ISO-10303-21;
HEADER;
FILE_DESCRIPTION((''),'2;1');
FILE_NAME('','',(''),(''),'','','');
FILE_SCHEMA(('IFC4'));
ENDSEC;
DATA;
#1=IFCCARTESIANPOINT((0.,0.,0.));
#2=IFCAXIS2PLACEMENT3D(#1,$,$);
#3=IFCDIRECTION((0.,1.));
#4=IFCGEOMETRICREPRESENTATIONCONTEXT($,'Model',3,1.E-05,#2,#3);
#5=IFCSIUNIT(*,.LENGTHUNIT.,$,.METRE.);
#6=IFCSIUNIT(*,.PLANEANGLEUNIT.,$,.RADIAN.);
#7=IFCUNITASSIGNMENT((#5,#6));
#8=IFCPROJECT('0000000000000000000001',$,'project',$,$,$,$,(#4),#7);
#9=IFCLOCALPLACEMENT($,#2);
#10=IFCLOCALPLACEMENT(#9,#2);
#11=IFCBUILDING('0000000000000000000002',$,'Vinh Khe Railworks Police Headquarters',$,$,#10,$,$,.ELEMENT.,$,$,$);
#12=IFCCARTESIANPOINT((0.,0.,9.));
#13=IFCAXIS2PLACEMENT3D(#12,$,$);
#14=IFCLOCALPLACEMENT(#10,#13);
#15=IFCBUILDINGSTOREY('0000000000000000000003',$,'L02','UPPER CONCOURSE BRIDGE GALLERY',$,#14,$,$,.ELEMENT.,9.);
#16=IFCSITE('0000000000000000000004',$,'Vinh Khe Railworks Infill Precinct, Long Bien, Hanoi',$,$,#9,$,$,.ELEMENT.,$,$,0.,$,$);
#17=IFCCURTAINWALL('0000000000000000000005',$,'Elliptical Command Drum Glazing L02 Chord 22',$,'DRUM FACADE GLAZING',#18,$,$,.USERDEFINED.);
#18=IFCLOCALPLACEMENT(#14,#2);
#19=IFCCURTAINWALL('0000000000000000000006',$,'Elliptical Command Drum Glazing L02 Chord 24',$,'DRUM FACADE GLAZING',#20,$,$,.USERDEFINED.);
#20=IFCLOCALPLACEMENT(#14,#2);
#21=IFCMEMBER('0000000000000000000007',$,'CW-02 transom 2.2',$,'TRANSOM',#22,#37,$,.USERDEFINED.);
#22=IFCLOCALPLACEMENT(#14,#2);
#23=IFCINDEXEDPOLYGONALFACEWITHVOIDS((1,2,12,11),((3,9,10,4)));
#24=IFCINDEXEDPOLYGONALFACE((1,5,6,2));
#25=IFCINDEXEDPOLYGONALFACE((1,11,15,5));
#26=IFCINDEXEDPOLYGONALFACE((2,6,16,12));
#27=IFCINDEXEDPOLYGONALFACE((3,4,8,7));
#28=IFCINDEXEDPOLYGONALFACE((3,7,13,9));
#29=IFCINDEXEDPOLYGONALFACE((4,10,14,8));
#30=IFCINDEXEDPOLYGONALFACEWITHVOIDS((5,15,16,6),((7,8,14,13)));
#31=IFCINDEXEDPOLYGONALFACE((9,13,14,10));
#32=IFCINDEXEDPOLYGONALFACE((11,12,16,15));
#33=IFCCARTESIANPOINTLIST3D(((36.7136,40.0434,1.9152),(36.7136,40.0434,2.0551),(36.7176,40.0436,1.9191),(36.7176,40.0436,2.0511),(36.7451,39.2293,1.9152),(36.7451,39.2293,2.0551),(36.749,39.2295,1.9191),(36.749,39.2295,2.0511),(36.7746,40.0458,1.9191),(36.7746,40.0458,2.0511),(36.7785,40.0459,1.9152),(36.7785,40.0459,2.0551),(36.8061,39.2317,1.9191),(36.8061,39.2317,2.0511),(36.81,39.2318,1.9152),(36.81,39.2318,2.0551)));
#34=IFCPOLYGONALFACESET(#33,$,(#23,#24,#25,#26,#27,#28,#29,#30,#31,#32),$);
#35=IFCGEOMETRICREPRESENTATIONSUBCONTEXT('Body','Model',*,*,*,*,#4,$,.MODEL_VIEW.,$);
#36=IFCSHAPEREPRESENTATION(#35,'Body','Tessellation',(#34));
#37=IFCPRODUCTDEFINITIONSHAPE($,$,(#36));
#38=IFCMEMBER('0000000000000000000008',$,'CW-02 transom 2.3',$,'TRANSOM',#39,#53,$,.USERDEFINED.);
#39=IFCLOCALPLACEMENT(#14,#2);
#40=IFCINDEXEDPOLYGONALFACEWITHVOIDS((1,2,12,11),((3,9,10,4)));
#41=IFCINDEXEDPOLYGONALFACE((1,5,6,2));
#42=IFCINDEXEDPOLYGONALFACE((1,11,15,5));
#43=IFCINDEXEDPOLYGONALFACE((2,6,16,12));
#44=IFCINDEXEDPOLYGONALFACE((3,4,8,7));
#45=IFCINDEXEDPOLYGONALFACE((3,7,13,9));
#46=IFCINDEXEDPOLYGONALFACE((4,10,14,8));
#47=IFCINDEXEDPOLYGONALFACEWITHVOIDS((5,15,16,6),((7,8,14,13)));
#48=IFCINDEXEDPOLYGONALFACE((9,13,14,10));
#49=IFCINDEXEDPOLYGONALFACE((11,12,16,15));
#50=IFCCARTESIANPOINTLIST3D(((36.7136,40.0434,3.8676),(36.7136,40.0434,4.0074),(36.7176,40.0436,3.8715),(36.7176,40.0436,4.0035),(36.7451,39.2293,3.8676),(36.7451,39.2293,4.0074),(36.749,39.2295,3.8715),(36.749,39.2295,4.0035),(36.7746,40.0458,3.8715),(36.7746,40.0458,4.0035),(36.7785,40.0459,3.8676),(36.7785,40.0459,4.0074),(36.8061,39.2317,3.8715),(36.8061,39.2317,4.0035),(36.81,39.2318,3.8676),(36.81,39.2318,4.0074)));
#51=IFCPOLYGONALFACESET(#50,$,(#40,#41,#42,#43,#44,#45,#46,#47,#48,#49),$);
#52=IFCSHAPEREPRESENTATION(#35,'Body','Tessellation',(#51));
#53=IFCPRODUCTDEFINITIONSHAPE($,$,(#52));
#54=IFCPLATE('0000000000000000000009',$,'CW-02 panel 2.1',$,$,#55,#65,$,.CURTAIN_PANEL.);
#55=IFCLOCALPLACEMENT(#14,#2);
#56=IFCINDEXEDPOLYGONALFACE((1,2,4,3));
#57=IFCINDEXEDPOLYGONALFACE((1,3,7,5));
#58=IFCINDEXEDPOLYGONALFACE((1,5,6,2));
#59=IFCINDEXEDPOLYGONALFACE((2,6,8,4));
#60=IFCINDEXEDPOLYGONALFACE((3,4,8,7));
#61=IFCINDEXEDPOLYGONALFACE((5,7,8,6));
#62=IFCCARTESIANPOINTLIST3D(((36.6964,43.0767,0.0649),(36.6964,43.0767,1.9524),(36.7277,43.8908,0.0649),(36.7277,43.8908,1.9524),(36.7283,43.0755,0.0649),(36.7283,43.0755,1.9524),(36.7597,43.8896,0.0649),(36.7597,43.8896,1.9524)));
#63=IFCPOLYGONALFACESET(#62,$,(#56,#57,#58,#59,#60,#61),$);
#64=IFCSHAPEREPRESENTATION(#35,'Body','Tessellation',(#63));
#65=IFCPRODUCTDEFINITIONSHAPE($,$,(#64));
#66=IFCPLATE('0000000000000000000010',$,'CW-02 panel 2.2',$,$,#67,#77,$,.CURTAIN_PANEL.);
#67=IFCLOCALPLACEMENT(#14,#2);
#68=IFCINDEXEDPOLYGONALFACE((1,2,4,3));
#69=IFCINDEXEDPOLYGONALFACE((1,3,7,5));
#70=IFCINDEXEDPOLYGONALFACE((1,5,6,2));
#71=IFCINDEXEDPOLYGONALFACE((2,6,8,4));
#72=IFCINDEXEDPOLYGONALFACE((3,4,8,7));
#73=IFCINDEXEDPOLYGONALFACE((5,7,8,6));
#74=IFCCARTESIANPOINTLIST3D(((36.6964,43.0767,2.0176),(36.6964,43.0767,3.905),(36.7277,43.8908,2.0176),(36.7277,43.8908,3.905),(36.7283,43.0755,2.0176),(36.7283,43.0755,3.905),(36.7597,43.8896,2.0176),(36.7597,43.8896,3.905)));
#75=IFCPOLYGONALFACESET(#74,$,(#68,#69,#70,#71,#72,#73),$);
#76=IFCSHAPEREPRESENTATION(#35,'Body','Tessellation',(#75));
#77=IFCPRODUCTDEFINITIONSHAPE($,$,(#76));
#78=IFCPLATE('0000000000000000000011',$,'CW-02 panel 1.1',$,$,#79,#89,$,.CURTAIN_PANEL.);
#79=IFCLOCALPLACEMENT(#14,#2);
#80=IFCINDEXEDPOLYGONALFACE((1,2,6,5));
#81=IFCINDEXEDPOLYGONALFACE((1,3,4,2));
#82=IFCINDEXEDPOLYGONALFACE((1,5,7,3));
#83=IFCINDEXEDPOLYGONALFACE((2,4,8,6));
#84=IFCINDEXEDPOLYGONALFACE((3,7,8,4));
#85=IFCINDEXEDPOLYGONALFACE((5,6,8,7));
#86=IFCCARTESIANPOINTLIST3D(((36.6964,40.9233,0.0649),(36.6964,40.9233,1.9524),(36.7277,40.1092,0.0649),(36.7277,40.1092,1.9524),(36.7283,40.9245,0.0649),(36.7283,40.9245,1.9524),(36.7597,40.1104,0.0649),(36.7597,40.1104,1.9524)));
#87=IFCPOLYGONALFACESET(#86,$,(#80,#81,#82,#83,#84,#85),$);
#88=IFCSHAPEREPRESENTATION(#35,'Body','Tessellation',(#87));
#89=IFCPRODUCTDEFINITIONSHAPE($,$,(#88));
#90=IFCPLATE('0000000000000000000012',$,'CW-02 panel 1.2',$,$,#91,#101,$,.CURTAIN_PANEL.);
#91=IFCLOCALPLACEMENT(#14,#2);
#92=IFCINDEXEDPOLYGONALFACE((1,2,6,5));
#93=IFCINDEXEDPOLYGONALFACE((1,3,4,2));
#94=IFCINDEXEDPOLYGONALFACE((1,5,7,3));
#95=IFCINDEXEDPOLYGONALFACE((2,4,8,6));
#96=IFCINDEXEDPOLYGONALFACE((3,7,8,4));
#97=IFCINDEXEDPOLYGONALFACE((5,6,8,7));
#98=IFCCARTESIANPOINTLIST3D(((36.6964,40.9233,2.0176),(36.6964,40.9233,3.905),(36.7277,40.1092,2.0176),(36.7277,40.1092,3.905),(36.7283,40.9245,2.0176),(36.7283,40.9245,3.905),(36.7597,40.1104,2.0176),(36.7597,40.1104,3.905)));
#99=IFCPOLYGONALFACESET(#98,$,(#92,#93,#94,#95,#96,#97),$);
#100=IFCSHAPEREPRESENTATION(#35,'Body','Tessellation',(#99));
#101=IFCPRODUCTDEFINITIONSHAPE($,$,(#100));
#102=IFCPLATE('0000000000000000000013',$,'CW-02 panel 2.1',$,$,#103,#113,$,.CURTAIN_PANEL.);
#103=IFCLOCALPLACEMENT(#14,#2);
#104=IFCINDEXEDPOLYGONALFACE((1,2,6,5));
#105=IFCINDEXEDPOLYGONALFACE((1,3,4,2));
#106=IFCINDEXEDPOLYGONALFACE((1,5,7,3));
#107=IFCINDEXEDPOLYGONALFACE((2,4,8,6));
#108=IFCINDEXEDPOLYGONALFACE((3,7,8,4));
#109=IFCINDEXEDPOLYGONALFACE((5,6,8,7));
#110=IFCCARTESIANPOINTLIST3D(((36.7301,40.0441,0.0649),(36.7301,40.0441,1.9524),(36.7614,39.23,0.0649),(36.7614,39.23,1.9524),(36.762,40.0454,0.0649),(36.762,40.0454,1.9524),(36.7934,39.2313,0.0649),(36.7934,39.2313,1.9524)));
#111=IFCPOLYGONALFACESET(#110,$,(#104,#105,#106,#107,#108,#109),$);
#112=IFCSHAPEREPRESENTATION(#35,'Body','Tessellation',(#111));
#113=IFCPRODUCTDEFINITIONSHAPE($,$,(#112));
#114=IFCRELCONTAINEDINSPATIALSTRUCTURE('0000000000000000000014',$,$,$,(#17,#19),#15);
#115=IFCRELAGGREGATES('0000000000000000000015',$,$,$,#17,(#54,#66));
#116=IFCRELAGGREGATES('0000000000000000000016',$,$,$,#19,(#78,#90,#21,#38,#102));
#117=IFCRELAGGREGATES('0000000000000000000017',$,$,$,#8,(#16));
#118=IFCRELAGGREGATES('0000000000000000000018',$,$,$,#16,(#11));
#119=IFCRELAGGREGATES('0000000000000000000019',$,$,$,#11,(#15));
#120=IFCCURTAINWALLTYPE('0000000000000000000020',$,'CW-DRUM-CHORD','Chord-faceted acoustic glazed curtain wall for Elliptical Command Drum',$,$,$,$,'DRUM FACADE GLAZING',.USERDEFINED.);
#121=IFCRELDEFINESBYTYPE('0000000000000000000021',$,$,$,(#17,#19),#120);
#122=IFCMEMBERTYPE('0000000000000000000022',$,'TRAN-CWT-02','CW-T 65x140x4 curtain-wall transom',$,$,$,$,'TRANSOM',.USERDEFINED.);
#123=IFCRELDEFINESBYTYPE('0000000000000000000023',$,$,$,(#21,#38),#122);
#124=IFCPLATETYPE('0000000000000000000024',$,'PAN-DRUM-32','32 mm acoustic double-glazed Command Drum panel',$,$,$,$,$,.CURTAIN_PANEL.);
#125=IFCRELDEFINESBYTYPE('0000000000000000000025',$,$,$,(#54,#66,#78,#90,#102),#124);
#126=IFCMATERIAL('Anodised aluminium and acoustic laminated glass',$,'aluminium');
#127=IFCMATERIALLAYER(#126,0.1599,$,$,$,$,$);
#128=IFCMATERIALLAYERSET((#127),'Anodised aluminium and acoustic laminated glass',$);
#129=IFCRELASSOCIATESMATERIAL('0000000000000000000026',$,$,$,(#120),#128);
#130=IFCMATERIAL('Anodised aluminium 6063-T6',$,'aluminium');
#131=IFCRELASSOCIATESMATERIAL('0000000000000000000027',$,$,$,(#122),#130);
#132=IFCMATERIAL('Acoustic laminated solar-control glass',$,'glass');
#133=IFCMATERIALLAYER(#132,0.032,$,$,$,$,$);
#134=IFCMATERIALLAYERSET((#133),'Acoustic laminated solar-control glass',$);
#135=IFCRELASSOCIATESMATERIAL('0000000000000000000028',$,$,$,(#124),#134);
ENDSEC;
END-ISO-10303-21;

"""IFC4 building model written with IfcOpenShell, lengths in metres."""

from ifc_helpers import new_model, si_unit, direction, frame, origin, origin_2d, place, context, subcontext, project, spatial, rectangle, hollow_rectangle, extrude, material, layer, layer_set, material_profile, profile_set, type_object, element, aggregate, save


model = new_model("IFC4")

# Units and contexts
model_context = context("Model", 3, precision=1e-05, world=origin(), true_north=direction((0.0, 1.0)))
body_context = subcontext(model_context, "Body", "Model", "MODEL_VIEW")
ifc_project = project(units=[si_unit("LENGTHUNIT", "METRE"), si_unit("PLANEANGLEUNIT", "RADIAN")], contexts=[model_context])

# Site, building, storey
site_placement = place(None, origin())
site = spatial("IfcSite", under=ifc_project, at=site_placement, Name="Vinh Khe Railworks Infill Precinct, Long Bien, Hanoi", CompositionType="ELEMENT", RefElevation=0.0)
building_placement = place(site_placement, origin())
building = spatial("IfcBuilding", under=site, at=building_placement, Name="Vinh Khe Railworks Police Headquarters", CompositionType="ELEMENT")
storey_placement = place(building_placement, frame((0.0, 0.0, 9.0)))
storey = spatial("IfcBuildingStorey", under=building, at=storey_placement, Name="L02", Description="UPPER CONCOURSE BRIDGE GALLERY", CompositionType="ELEMENT", Elevation=9.0)

# Curtain walls
ifc_material_1 = material(Name="Anodised aluminium and acoustic laminated glass", Category="aluminium")
ifc_layer_1 = layer(ifc_material_1, 0.1599)
ifc_layer_set_1 = layer_set([ifc_layer_1], Name="Anodised aluminium and acoustic laminated glass")
curtain_wall_type = type_object("IfcCurtainWallType", Name="CW-DRUM-CHORD", Description="Chord-faceted acoustic glazed curtain wall for Elliptical Command Drum", ElementType="DRUM FACADE GLAZING", PredefinedType="USERDEFINED", material=ifc_layer_set_1)
curtain_wall_1_placement = place(storey_placement, origin())
curtain_wall_1 = element("IfcCurtainWall", 1, at=curtain_wall_1_placement, inside=storey, type_object=curtain_wall_type, Name="Elliptical Command Drum Glazing L02 Chord 22", ObjectType="DRUM FACADE GLAZING", PredefinedType="USERDEFINED")
ifc_material_2 = material(Name="Anodised aluminium 6063-T6", Category="aluminium")
curtain_wall_2_placement = place(storey_placement, origin())
curtain_wall_2 = element("IfcCurtainWall", 2, at=curtain_wall_2_placement, inside=storey, type_object=curtain_wall_type, Name="Elliptical Command Drum Glazing L02 Chord 24", ObjectType="DRUM FACADE GLAZING", PredefinedType="USERDEFINED")

# Members
ifc_material_profile_1 = material_profile(ifc_material_2, hollow_rectangle(XDim=0.0649, YDim=0.1399, WallThickness=0.0039, at=origin_2d()), Name="CW-T 65x140x4")
ifc_profile_set_1 = profile_set([ifc_material_profile_1], Name="Anodised aluminium 6063-T6")
member_type_1 = type_object("IfcMemberType", Name="TRAN-CWT-02", Description="CW-T 65x140x4 curtain-wall transom", ElementType="TRANSOM", PredefinedType="USERDEFINED", material=ifc_profile_set_1)
member_1_placement = place(storey_placement, frame((36.7461, 40.0447, 1.9851), z_axis=(0.038652, -0.999253, 0.0), x_axis=(0.999253, 0.038652, 0.0)))
member_1 = element("IfcMember", 3, at=member_1_placement, type_object=member_type_1, Name="CW-02 transom 2.2", ObjectType="TRANSOM", PredefinedType="USERDEFINED", context=body_context, shape_type="SweptSolid", body=[
    extrude(hollow_rectangle(XDim=0.0649, YDim=0.1399, WallThickness=0.0039, at=origin_2d()), origin(), (0.0, 0.0, 1.0), 0.8147),
])
member_2_placement = place(storey_placement, frame((36.7461, 40.0447, 3.9375), z_axis=(0.038652, -0.999253, 0.0), x_axis=(0.999253, 0.038652, 0.0)))
member_2 = element("IfcMember", 4, at=member_2_placement, type_object=member_type_1, Name="CW-02 transom 2.3", ObjectType="TRANSOM", PredefinedType="USERDEFINED", context=body_context, shape_type="SweptSolid", body=[
    extrude(hollow_rectangle(XDim=0.0649, YDim=0.1399, WallThickness=0.0039, at=origin_2d()), origin(), (0.0, 0.0, 1.0), 0.8147),
])

# Plates
ifc_material_3 = material(Name="Acoustic laminated solar-control glass", Category="glass")
ifc_layer_2 = layer(ifc_material_3, 0.032)
ifc_layer_set_2 = layer_set([ifc_layer_2], Name="Acoustic laminated solar-control glass")
plate_type = type_object("IfcPlateType", Name="PAN-DRUM-32", Description="32 mm acoustic double-glazed Command Drum panel", PredefinedType="CURTAIN_PANEL", material=ifc_layer_set_2)
plate_1_placement = place(storey_placement, frame((36.728, 43.4832, 0.0649), z_axis=(0.0, 0.0, 1.0), x_axis=(-0.038513, -0.999258, 0.0)))
plate_1 = element("IfcPlate", 5, at=plate_1_placement, type_object=plate_type, Name="CW-02 panel 2.1", PredefinedType="CURTAIN_PANEL", context=body_context, shape_type="SweptSolid", body=[
    extrude(rectangle(XDim=0.8147, YDim=0.032, at=origin_2d()), origin(), (0.0, 0.0, 1.0), 1.8875),
])
plate_2_placement = place(storey_placement, frame((36.728, 43.4832, 2.0176), z_axis=(0.0, 0.0, 1.0), x_axis=(-0.038513, -0.999258, 0.0)))
plate_2 = element("IfcPlate", 6, at=plate_2_placement, type_object=plate_type, Name="CW-02 panel 2.2", PredefinedType="CURTAIN_PANEL", context=body_context, shape_type="SweptSolid", body=[
    extrude(rectangle(XDim=0.8147, YDim=0.032, at=origin_2d()), origin(), (0.0, 0.0, 1.0), 1.8875),
])
aggregate(curtain_wall_1, [plate_1, plate_2])
plate_3_placement = place(storey_placement, frame((36.728, 40.5168, 0.0649), z_axis=(0.0, 0.0, 1.0), x_axis=(0.038513, -0.999258, 0.0)))
plate_3 = element("IfcPlate", 7, at=plate_3_placement, type_object=plate_type, Name="CW-02 panel 1.1", PredefinedType="CURTAIN_PANEL", context=body_context, shape_type="SweptSolid", body=[
    extrude(rectangle(XDim=0.8147, YDim=0.032, at=origin_2d()), origin(), (0.0, 0.0, 1.0), 1.8875),
])
plate_4_placement = place(storey_placement, frame((36.728, 40.5168, 2.0176), z_axis=(0.0, 0.0, 1.0), x_axis=(0.038513, -0.999258, 0.0)))
plate_4 = element("IfcPlate", 8, at=plate_4_placement, type_object=plate_type, Name="CW-02 panel 1.2", PredefinedType="CURTAIN_PANEL", context=body_context, shape_type="SweptSolid", body=[
    extrude(rectangle(XDim=0.8147, YDim=0.032, at=origin_2d()), origin(), (0.0, 0.0, 1.0), 1.8875),
])
plate_5_placement = place(storey_placement, frame((36.7617, 39.6377, 0.0649), z_axis=(0.0, 0.0, 1.0), x_axis=(0.038513, -0.999258, 0.0)))
plate_5 = element("IfcPlate", 9, at=plate_5_placement, type_object=plate_type, Name="CW-02 panel 2.1", PredefinedType="CURTAIN_PANEL", context=body_context, shape_type="SweptSolid", body=[
    extrude(rectangle(XDim=0.8147, YDim=0.032, at=origin_2d()), origin(), (0.0, 0.0, 1.0), 1.8875),
])
aggregate(curtain_wall_2, [plate_3, plate_4, member_1, member_2, plate_5])

save(model, "model.ifc")
